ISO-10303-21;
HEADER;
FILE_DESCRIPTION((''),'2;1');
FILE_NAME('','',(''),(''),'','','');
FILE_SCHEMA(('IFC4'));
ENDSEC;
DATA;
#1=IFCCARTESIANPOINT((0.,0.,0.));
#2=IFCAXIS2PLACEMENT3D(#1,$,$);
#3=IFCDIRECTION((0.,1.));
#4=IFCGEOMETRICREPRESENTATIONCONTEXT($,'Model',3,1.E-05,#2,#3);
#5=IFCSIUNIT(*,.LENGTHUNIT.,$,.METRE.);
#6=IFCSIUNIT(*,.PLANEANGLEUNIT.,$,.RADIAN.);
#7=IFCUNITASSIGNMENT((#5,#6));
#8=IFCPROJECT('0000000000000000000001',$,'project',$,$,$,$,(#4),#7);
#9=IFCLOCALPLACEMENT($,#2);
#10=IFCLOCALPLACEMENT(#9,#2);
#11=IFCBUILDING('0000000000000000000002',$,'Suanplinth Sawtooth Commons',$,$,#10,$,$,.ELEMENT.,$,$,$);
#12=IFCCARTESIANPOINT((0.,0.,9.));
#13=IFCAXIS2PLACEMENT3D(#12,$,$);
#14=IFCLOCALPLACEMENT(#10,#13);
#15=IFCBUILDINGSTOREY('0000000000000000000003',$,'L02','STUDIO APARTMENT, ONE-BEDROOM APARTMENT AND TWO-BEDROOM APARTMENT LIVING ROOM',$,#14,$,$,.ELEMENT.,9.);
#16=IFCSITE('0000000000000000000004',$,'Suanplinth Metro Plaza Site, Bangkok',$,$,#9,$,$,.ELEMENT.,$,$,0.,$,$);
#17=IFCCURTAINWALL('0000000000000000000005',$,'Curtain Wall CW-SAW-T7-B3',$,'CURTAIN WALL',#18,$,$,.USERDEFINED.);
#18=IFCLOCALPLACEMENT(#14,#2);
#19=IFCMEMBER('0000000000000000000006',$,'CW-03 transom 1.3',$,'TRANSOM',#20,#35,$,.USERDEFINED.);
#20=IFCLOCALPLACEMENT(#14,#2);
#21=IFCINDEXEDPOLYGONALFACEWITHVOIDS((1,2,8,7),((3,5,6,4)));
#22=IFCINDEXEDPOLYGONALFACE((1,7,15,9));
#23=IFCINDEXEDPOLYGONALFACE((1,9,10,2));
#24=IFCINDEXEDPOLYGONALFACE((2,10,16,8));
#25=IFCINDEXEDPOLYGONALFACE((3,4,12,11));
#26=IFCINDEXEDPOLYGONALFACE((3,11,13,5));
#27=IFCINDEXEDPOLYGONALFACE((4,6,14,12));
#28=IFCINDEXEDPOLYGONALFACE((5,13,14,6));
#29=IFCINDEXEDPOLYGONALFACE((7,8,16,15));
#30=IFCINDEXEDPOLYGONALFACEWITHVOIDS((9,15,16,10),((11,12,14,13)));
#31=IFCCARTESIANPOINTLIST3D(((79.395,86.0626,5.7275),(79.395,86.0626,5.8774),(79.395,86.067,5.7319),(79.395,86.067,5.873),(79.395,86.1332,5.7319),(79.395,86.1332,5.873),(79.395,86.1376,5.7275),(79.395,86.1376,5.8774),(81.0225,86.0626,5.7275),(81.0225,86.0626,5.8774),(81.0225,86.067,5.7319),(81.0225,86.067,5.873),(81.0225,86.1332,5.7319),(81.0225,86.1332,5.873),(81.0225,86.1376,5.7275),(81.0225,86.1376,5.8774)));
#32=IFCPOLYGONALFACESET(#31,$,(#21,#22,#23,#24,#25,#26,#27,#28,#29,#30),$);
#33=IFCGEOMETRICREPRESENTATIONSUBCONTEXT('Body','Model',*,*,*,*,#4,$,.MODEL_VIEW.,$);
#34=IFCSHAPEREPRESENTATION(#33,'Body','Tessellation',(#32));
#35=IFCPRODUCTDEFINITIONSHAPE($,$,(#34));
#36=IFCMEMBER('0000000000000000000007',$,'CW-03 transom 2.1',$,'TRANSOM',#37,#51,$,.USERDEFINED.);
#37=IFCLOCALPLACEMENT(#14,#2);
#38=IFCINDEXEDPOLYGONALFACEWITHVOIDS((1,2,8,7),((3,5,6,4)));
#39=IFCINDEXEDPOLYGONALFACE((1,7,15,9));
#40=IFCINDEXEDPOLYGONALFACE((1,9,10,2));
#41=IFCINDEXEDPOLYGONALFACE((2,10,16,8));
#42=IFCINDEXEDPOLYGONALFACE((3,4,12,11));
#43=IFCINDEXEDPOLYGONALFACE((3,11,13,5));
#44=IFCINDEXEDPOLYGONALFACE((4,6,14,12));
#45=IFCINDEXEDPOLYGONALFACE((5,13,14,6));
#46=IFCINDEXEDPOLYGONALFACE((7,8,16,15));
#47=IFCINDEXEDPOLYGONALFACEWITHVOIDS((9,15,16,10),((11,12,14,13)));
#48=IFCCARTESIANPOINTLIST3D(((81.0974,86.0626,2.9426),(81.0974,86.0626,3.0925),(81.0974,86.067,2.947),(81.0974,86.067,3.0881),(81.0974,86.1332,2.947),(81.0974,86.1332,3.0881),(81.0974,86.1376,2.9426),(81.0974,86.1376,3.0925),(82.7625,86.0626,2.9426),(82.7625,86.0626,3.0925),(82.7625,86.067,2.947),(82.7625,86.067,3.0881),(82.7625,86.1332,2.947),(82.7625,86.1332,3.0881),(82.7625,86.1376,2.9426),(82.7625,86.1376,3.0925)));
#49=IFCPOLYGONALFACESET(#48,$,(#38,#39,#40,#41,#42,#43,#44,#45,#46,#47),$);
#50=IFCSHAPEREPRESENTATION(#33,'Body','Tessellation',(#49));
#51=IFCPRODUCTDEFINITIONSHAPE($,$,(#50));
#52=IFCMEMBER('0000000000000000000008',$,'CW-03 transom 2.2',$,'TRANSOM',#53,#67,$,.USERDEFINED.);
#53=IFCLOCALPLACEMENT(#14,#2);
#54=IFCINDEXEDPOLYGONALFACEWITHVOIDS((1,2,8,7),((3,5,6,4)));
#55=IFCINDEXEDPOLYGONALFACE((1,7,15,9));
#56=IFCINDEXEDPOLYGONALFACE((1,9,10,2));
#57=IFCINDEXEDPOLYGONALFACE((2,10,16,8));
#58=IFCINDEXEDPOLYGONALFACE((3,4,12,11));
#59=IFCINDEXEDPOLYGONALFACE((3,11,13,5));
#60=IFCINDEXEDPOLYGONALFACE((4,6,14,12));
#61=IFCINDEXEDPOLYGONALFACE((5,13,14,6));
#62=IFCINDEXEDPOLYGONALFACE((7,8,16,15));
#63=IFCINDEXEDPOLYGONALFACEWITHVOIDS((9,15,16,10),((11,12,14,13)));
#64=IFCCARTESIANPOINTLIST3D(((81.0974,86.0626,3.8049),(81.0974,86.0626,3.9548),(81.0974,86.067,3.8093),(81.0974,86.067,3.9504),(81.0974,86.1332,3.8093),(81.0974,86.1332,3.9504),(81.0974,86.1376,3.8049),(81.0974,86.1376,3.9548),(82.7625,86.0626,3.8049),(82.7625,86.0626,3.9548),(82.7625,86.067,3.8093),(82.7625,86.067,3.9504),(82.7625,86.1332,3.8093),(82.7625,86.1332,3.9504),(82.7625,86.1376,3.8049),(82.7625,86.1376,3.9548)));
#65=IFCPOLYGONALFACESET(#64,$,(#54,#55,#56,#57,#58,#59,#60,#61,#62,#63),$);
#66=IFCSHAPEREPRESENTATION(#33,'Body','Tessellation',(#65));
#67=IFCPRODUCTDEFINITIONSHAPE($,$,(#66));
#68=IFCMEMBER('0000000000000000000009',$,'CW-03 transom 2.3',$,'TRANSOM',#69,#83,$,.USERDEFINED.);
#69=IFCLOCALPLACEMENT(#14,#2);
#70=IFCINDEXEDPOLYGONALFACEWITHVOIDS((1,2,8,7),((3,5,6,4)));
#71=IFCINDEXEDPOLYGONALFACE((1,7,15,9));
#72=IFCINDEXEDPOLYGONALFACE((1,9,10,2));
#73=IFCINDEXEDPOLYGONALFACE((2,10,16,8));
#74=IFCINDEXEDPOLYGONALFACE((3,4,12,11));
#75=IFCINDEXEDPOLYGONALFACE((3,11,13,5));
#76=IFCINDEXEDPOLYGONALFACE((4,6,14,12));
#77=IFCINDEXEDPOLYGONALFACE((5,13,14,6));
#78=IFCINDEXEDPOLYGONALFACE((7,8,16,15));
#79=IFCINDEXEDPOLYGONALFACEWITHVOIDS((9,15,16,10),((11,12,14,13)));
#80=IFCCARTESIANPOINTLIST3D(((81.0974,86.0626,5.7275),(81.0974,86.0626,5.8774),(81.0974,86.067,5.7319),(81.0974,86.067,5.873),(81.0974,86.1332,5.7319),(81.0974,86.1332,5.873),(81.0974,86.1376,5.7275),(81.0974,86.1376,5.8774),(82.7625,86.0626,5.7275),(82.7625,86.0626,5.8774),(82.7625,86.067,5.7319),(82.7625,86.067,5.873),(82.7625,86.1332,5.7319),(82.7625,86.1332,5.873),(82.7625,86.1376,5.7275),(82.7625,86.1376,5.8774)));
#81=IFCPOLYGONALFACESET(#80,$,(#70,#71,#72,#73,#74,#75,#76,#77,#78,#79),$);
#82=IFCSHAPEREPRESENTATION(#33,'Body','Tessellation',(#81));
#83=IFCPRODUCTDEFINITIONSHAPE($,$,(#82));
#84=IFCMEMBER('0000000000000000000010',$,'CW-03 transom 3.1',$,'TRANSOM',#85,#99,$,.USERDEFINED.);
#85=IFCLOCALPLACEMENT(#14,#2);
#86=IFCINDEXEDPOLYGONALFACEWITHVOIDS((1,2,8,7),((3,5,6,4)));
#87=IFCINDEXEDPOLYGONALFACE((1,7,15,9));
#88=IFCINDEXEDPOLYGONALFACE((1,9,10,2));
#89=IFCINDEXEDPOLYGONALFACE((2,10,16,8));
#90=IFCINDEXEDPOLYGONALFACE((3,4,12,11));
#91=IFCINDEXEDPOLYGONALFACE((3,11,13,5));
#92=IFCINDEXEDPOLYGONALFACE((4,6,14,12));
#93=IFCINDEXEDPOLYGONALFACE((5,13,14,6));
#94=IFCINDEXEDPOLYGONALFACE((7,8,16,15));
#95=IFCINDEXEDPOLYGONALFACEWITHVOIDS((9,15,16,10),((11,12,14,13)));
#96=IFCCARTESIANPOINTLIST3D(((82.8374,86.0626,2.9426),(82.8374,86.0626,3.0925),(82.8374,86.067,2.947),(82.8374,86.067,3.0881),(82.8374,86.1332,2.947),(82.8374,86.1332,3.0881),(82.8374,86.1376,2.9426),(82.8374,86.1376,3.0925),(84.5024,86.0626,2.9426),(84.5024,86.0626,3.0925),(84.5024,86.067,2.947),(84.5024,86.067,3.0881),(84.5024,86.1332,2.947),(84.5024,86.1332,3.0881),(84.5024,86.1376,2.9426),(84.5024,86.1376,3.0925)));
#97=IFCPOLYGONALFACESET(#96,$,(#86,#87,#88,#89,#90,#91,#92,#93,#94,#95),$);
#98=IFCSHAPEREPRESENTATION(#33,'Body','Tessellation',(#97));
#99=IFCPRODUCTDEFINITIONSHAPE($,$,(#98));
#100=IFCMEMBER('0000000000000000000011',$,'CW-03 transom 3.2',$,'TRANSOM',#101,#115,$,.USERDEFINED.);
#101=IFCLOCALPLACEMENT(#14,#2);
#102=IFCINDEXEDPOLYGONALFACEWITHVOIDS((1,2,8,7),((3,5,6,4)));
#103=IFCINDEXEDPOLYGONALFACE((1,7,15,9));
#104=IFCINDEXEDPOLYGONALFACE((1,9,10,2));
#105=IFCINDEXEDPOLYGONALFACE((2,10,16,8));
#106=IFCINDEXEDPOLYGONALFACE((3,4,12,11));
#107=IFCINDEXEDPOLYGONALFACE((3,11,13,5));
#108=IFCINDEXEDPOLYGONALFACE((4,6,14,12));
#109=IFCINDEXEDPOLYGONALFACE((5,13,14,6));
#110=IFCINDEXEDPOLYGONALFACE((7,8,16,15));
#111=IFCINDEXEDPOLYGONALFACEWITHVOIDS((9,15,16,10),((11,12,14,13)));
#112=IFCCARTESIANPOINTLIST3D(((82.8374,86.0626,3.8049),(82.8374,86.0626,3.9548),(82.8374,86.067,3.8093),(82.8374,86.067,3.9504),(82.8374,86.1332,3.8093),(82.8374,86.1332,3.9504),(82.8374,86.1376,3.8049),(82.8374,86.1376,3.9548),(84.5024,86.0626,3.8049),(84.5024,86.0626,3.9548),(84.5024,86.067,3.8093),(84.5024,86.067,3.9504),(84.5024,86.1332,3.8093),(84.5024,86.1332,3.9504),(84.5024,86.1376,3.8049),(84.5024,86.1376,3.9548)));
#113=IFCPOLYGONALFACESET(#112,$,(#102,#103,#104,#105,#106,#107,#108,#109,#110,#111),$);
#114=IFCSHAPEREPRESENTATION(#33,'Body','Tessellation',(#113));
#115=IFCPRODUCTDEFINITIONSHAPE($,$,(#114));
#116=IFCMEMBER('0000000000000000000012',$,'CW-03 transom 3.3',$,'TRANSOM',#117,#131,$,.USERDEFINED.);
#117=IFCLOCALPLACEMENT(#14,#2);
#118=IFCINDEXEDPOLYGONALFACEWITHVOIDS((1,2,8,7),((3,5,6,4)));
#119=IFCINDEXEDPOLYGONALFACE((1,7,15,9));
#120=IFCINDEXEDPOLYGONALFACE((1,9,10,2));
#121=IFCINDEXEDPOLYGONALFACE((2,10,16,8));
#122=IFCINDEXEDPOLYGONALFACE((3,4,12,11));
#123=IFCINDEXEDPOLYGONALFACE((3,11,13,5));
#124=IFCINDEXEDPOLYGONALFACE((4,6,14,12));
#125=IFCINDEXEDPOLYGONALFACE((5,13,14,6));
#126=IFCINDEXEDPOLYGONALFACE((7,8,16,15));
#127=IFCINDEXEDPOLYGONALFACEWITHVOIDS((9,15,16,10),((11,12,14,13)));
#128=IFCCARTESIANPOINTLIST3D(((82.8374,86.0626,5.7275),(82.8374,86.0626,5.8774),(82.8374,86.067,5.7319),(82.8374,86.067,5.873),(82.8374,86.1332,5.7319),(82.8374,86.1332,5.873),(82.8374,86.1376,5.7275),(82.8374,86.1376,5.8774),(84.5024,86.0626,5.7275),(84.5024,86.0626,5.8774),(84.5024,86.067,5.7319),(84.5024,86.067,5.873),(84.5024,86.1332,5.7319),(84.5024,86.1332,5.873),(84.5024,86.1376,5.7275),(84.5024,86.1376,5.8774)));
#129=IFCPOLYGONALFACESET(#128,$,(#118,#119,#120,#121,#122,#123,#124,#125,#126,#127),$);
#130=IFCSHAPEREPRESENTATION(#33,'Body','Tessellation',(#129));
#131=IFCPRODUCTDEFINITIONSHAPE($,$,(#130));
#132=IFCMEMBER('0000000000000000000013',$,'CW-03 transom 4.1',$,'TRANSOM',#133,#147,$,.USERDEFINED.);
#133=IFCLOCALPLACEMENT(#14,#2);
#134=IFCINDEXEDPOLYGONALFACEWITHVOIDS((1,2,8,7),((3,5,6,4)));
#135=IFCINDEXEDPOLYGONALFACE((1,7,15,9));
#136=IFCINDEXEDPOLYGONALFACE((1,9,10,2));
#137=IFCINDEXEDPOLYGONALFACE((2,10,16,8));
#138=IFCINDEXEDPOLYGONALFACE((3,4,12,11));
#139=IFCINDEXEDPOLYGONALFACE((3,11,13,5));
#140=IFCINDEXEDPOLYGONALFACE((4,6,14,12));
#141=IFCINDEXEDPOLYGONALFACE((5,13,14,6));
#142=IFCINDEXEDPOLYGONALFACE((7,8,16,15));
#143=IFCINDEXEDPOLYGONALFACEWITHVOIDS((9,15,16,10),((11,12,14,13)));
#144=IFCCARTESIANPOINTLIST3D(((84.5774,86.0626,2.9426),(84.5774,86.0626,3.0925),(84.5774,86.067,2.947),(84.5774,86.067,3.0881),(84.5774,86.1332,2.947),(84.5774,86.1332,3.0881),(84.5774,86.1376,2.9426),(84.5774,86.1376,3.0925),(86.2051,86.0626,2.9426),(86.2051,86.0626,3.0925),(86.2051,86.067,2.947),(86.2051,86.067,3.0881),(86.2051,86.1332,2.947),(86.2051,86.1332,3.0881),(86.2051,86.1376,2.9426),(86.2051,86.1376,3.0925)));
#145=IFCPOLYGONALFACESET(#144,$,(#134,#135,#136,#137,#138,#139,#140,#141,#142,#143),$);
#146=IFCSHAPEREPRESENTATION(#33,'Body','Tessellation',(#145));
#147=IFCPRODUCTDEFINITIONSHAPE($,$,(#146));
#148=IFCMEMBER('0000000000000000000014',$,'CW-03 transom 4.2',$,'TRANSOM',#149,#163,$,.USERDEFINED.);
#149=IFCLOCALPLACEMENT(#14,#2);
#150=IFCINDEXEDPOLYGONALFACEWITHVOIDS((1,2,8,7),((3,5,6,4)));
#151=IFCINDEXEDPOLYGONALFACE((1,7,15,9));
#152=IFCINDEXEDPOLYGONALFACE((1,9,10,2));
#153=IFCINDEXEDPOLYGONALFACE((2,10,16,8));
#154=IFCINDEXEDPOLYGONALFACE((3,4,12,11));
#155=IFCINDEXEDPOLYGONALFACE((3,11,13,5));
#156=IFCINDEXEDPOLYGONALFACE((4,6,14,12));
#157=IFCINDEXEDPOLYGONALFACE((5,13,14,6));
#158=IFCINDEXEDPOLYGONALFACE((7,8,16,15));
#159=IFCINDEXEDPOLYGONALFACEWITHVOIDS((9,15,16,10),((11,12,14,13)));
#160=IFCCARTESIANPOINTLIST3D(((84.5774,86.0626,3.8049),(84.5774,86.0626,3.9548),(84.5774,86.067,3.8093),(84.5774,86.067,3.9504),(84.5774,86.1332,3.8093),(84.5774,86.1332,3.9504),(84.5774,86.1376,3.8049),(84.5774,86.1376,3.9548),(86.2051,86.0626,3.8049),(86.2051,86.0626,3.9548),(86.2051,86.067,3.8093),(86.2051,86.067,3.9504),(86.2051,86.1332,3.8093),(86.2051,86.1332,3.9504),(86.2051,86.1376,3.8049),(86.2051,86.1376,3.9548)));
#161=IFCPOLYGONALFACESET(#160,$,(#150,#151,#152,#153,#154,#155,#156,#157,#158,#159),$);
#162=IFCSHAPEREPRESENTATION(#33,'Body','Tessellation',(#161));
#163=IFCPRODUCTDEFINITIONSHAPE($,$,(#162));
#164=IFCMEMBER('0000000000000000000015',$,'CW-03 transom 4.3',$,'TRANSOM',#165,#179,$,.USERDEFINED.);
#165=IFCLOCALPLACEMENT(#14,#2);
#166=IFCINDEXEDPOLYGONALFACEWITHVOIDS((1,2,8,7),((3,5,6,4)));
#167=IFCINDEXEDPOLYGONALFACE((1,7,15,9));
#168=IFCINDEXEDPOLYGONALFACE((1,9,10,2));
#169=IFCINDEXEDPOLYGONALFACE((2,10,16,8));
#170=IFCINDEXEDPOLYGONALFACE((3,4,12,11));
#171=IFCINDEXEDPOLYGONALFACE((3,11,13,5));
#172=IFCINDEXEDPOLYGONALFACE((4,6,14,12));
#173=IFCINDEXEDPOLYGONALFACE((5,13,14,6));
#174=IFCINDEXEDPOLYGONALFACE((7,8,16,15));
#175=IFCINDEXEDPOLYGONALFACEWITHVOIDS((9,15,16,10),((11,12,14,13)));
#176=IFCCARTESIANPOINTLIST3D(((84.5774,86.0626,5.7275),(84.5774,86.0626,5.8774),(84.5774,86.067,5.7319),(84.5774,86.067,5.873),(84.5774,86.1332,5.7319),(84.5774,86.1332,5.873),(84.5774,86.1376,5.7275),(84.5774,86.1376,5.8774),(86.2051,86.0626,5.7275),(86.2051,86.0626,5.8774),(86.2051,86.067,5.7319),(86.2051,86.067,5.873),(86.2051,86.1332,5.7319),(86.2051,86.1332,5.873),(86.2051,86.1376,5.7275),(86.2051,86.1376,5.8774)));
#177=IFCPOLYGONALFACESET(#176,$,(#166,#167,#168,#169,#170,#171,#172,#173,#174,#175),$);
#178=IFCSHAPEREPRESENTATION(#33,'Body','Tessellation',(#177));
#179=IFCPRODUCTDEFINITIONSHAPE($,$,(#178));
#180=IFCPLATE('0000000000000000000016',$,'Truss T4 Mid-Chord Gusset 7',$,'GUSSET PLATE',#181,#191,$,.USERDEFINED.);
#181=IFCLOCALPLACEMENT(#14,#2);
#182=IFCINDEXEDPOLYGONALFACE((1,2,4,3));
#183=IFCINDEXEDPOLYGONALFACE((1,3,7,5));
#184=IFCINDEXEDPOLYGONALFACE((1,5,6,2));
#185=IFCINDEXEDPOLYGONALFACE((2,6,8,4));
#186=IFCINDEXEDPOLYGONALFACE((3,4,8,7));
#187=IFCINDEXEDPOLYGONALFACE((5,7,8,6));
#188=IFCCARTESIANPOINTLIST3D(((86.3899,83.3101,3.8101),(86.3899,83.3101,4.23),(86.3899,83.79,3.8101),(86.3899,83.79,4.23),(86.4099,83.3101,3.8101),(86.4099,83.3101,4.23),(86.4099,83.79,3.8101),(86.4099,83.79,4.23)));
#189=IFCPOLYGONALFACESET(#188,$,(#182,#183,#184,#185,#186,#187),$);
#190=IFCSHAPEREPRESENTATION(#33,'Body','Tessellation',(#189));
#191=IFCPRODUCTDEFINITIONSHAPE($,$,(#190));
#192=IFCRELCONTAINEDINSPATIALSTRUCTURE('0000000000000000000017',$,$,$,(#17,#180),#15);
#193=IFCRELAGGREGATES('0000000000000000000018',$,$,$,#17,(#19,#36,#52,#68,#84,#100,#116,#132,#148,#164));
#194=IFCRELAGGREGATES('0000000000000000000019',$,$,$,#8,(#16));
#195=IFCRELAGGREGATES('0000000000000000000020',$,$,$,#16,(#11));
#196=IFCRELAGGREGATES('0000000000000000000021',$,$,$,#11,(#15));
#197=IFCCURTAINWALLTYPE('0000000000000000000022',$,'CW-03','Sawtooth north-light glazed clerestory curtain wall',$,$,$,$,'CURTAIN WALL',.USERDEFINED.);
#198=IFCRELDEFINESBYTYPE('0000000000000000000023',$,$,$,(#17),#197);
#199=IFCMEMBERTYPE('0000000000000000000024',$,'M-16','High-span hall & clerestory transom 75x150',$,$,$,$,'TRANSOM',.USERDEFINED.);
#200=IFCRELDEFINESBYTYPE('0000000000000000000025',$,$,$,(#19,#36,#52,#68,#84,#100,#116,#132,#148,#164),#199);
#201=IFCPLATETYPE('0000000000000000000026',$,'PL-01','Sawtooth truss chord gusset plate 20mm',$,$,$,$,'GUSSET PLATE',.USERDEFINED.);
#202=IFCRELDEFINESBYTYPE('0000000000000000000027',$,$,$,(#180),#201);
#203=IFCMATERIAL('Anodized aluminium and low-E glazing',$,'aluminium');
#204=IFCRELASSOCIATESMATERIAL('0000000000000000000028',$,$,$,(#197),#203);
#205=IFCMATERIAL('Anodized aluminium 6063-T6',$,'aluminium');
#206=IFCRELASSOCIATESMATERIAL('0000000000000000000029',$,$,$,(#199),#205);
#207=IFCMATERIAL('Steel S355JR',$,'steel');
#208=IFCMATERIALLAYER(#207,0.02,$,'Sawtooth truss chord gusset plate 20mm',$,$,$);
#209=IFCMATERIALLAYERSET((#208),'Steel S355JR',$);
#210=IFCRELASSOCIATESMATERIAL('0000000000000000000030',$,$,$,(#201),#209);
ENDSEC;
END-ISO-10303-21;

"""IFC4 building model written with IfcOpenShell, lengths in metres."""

from ifc_helpers import new_model, si_unit, direction, frame, origin, origin_2d, place, context, subcontext, project, spatial, rectangle, hollow_rectangle, extrude, material, layer, layer_set, material_profile, profile_set, type_object, element, aggregate, save


model = new_model("IFC4")

# Units and contexts
model_context = context("Model", 3, precision=1e-05, world=origin(), true_north=direction((0.0, 1.0)))
body_context = subcontext(model_context, "Body", "Model", "MODEL_VIEW")
ifc_project = project(units=[si_unit("LENGTHUNIT", "METRE"), si_unit("PLANEANGLEUNIT", "RADIAN")], contexts=[model_context])

# Site, building, storey
site_placement = place(None, origin())
site = spatial("IfcSite", under=ifc_project, at=site_placement, Name="Suanplinth Metro Plaza Site, Bangkok", CompositionType="ELEMENT", RefElevation=0.0)
building_placement = place(site_placement, origin())
building = spatial("IfcBuilding", under=site, at=building_placement, Name="Suanplinth Sawtooth Commons", CompositionType="ELEMENT")
storey_placement = place(building_placement, frame((0.0, 0.0, 9.0)))
storey = spatial("IfcBuildingStorey", under=building, at=storey_placement, Name="L02", Description="STUDIO APARTMENT, ONE-BEDROOM APARTMENT AND TWO-BEDROOM APARTMENT LIVING ROOM", CompositionType="ELEMENT", Elevation=9.0)

# Shared definitions
ifc_material_1 = material(Name="Steel S355JR", Category="steel")

# Curtain wall, members
ifc_material_2 = material(Name="Anodized aluminium and low-E glazing", Category="aluminium")
curtain_wall_type = type_object("IfcCurtainWallType", Name="CW-03", Description="Sawtooth north-light glazed clerestory curtain wall", ElementType="CURTAIN WALL", PredefinedType="USERDEFINED", material=ifc_material_2)
curtain_wall_placement = place(storey_placement, origin())
curtain_wall = element("IfcCurtainWall", 1, at=curtain_wall_placement, inside=storey, type_object=curtain_wall_type, Name="Curtain Wall CW-SAW-T7-B3", ObjectType="CURTAIN WALL", PredefinedType="USERDEFINED")
ifc_material_3 = material(Name="Anodized aluminium 6063-T6", Category="aluminium")
ifc_material_profile_1 = material_profile(ifc_material_3, hollow_rectangle(XDim=0.075, YDim=0.1499, WallThickness=0.0044, at=origin_2d()), Name="ALU-TRN 75x150")
ifc_profile_set_1 = profile_set([ifc_material_profile_1], Name="Anodized aluminium 6063-T6")
member_type_1 = type_object("IfcMemberType", Name="M-16", Description="High-span hall & clerestory transom 75x150", ElementType="TRANSOM", PredefinedType="USERDEFINED", material=ifc_profile_set_1)
member_1_placement = place(storey_placement, frame((79.395, 86.1001, 5.8025), z_axis=(1.0, 0.0, 0.0), x_axis=(0.0, 1.0, 0.0)))
member_1 = element("IfcMember", 2, at=member_1_placement, type_object=member_type_1, Name="CW-03 transom 1.3", ObjectType="TRANSOM", PredefinedType="USERDEFINED", context=body_context, shape_type="SweptSolid", body=[
    extrude(hollow_rectangle(XDim=0.075, YDim=0.1499, WallThickness=0.0044, at=origin_2d()), origin(), (0.0, 0.0, 1.0), 1.6274),
])
member_2_placement = place(storey_placement, frame((81.0974, 86.1001, 3.0176), z_axis=(1.0, 0.0, 0.0), x_axis=(0.0, 1.0, 0.0)))
member_2 = element("IfcMember", 3, at=member_2_placement, type_object=member_type_1, Name="CW-03 transom 2.1", ObjectType="TRANSOM", PredefinedType="USERDEFINED", context=body_context, shape_type="SweptSolid", body=[
    extrude(hollow_rectangle(XDim=0.075, YDim=0.1499, WallThickness=0.0044, at=origin_2d()), origin(), (0.0, 0.0, 1.0), 1.665),
])
member_3_placement = place(storey_placement, frame((81.0974, 86.1001, 3.8799), z_axis=(1.0, 0.0, 0.0), x_axis=(0.0, 1.0, 0.0)))
member_3 = element("IfcMember", 4, at=member_3_placement, type_object=member_type_1, Name="CW-03 transom 2.2", ObjectType="TRANSOM", PredefinedType="USERDEFINED", context=body_context, shape_type="SweptSolid", body=[
    extrude(hollow_rectangle(XDim=0.075, YDim=0.1499, WallThickness=0.0044, at=origin_2d()), origin(), (0.0, 0.0, 1.0), 1.665),
])
member_4_placement = place(storey_placement, frame((81.0974, 86.1001, 5.8025), z_axis=(1.0, 0.0, 0.0), x_axis=(0.0, 1.0, 0.0)))
member_4 = element("IfcMember", 5, at=member_4_placement, type_object=member_type_1, Name="CW-03 transom 2.3", ObjectType="TRANSOM", PredefinedType="USERDEFINED", context=body_context, shape_type="SweptSolid", body=[
    extrude(hollow_rectangle(XDim=0.075, YDim=0.1499, WallThickness=0.0044, at=origin_2d()), origin(), (0.0, 0.0, 1.0), 1.665),
])
member_5_placement = place(storey_placement, frame((82.8374, 86.1001, 3.0176), z_axis=(1.0, 0.0, 0.0), x_axis=(0.0, 1.0, 0.0)))
member_5 = element("IfcMember", 6, at=member_5_placement, type_object=member_type_1, Name="CW-03 transom 3.1", ObjectType="TRANSOM", PredefinedType="USERDEFINED", context=body_context, shape_type="SweptSolid", body=[
    extrude(hollow_rectangle(XDim=0.075, YDim=0.1499, WallThickness=0.0044, at=origin_2d()), origin(), (0.0, 0.0, 1.0), 1.665),
])
member_6_placement = place(storey_placement, frame((82.8374, 86.1001, 3.8799), z_axis=(1.0, 0.0, 0.0), x_axis=(0.0, 1.0, 0.0)))
member_6 = element("IfcMember", 7, at=member_6_placement, type_object=member_type_1, Name="CW-03 transom 3.2", ObjectType="TRANSOM", PredefinedType="USERDEFINED", context=body_context, shape_type="SweptSolid", body=[
    extrude(hollow_rectangle(XDim=0.075, YDim=0.1499, WallThickness=0.0044, at=origin_2d()), origin(), (0.0, 0.0, 1.0), 1.665),
])
member_7_placement = place(storey_placement, frame((82.8374, 86.1001, 5.8025), z_axis=(1.0, 0.0, 0.0), x_axis=(0.0, 1.0, 0.0)))
member_7 = element("IfcMember", 8, at=member_7_placement, type_object=member_type_1, Name="CW-03 transom 3.3", ObjectType="TRANSOM", PredefinedType="USERDEFINED", context=body_context, shape_type="SweptSolid", body=[
    extrude(hollow_rectangle(XDim=0.075, YDim=0.1499, WallThickness=0.0044, at=origin_2d()), origin(), (0.0, 0.0, 1.0), 1.665),
])
member_8_placement = place(storey_placement, frame((84.5774, 86.1001, 3.0176), z_axis=(1.0, 0.0, 0.0), x_axis=(0.0, 1.0, 0.0)))
member_8 = element("IfcMember", 9, at=member_8_placement, type_object=member_type_1, Name="CW-03 transom 4.1", ObjectType="TRANSOM", PredefinedType="USERDEFINED", context=body_context, shape_type="SweptSolid", body=[
    extrude(hollow_rectangle(XDim=0.075, YDim=0.1499, WallThickness=0.0044, at=origin_2d()), origin(), (0.0, 0.0, 1.0), 1.6277),
])
member_9_placement = place(storey_placement, frame((84.5774, 86.1001, 3.8799), z_axis=(1.0, 0.0, 0.0), x_axis=(0.0, 1.0, 0.0)))
member_9 = element("IfcMember", 10, at=member_9_placement, type_object=member_type_1, Name="CW-03 transom 4.2", ObjectType="TRANSOM", PredefinedType="USERDEFINED", context=body_context, shape_type="SweptSolid", body=[
    extrude(hollow_rectangle(XDim=0.075, YDim=0.1499, WallThickness=0.0044, at=origin_2d()), origin(), (0.0, 0.0, 1.0), 1.6277),
])
member_10_placement = place(storey_placement, frame((84.5774, 86.1001, 5.8025), z_axis=(1.0, 0.0, 0.0), x_axis=(0.0, 1.0, 0.0)))
member_10 = element("IfcMember", 11, at=member_10_placement, type_object=member_type_1, Name="CW-03 transom 4.3", ObjectType="TRANSOM", PredefinedType="USERDEFINED", context=body_context, shape_type="SweptSolid", body=[
    extrude(hollow_rectangle(XDim=0.075, YDim=0.1499, WallThickness=0.0044, at=origin_2d()), origin(), (0.0, 0.0, 1.0), 1.6277),
])

# Plate
ifc_layer_1 = layer(ifc_material_1, 0.02, Name="Sawtooth truss chord gusset plate 20mm")
ifc_layer_set_1 = layer_set([ifc_layer_1], Name="Steel S355JR")
plate_type_1 = type_object("IfcPlateType", Name="PL-01", Description="Sawtooth truss chord gusset plate 20mm", ElementType="GUSSET PLATE", PredefinedType="USERDEFINED", material=ifc_layer_set_1)
for number, where, z_axis, x_axis, name in (
    (12, (86.3999, 83.55, 3.8101), (0.0, 0.0, 1.0), (1.0, 0.0, 0.0), "Truss T4 Mid-Chord Gusset 7"),
):
    element("IfcPlate", number, at=place(storey_placement, frame(where, z_axis=z_axis, x_axis=x_axis)), inside=storey, type_object=plate_type_1, Name=name, ObjectType="GUSSET PLATE", PredefinedType="USERDEFINED", context=body_context, shape_type="SweptSolid", body=[
        extrude(rectangle(XDim=0.02, YDim=0.48, at=origin_2d()), origin(), (0.0, 0.0, 1.0), 0.4199),
    ])

aggregate(curtain_wall, [member_1, member_2, member_3, member_4, member_5, member_6, member_7, member_8, member_9, member_10])

save(model, "model.ifc")
